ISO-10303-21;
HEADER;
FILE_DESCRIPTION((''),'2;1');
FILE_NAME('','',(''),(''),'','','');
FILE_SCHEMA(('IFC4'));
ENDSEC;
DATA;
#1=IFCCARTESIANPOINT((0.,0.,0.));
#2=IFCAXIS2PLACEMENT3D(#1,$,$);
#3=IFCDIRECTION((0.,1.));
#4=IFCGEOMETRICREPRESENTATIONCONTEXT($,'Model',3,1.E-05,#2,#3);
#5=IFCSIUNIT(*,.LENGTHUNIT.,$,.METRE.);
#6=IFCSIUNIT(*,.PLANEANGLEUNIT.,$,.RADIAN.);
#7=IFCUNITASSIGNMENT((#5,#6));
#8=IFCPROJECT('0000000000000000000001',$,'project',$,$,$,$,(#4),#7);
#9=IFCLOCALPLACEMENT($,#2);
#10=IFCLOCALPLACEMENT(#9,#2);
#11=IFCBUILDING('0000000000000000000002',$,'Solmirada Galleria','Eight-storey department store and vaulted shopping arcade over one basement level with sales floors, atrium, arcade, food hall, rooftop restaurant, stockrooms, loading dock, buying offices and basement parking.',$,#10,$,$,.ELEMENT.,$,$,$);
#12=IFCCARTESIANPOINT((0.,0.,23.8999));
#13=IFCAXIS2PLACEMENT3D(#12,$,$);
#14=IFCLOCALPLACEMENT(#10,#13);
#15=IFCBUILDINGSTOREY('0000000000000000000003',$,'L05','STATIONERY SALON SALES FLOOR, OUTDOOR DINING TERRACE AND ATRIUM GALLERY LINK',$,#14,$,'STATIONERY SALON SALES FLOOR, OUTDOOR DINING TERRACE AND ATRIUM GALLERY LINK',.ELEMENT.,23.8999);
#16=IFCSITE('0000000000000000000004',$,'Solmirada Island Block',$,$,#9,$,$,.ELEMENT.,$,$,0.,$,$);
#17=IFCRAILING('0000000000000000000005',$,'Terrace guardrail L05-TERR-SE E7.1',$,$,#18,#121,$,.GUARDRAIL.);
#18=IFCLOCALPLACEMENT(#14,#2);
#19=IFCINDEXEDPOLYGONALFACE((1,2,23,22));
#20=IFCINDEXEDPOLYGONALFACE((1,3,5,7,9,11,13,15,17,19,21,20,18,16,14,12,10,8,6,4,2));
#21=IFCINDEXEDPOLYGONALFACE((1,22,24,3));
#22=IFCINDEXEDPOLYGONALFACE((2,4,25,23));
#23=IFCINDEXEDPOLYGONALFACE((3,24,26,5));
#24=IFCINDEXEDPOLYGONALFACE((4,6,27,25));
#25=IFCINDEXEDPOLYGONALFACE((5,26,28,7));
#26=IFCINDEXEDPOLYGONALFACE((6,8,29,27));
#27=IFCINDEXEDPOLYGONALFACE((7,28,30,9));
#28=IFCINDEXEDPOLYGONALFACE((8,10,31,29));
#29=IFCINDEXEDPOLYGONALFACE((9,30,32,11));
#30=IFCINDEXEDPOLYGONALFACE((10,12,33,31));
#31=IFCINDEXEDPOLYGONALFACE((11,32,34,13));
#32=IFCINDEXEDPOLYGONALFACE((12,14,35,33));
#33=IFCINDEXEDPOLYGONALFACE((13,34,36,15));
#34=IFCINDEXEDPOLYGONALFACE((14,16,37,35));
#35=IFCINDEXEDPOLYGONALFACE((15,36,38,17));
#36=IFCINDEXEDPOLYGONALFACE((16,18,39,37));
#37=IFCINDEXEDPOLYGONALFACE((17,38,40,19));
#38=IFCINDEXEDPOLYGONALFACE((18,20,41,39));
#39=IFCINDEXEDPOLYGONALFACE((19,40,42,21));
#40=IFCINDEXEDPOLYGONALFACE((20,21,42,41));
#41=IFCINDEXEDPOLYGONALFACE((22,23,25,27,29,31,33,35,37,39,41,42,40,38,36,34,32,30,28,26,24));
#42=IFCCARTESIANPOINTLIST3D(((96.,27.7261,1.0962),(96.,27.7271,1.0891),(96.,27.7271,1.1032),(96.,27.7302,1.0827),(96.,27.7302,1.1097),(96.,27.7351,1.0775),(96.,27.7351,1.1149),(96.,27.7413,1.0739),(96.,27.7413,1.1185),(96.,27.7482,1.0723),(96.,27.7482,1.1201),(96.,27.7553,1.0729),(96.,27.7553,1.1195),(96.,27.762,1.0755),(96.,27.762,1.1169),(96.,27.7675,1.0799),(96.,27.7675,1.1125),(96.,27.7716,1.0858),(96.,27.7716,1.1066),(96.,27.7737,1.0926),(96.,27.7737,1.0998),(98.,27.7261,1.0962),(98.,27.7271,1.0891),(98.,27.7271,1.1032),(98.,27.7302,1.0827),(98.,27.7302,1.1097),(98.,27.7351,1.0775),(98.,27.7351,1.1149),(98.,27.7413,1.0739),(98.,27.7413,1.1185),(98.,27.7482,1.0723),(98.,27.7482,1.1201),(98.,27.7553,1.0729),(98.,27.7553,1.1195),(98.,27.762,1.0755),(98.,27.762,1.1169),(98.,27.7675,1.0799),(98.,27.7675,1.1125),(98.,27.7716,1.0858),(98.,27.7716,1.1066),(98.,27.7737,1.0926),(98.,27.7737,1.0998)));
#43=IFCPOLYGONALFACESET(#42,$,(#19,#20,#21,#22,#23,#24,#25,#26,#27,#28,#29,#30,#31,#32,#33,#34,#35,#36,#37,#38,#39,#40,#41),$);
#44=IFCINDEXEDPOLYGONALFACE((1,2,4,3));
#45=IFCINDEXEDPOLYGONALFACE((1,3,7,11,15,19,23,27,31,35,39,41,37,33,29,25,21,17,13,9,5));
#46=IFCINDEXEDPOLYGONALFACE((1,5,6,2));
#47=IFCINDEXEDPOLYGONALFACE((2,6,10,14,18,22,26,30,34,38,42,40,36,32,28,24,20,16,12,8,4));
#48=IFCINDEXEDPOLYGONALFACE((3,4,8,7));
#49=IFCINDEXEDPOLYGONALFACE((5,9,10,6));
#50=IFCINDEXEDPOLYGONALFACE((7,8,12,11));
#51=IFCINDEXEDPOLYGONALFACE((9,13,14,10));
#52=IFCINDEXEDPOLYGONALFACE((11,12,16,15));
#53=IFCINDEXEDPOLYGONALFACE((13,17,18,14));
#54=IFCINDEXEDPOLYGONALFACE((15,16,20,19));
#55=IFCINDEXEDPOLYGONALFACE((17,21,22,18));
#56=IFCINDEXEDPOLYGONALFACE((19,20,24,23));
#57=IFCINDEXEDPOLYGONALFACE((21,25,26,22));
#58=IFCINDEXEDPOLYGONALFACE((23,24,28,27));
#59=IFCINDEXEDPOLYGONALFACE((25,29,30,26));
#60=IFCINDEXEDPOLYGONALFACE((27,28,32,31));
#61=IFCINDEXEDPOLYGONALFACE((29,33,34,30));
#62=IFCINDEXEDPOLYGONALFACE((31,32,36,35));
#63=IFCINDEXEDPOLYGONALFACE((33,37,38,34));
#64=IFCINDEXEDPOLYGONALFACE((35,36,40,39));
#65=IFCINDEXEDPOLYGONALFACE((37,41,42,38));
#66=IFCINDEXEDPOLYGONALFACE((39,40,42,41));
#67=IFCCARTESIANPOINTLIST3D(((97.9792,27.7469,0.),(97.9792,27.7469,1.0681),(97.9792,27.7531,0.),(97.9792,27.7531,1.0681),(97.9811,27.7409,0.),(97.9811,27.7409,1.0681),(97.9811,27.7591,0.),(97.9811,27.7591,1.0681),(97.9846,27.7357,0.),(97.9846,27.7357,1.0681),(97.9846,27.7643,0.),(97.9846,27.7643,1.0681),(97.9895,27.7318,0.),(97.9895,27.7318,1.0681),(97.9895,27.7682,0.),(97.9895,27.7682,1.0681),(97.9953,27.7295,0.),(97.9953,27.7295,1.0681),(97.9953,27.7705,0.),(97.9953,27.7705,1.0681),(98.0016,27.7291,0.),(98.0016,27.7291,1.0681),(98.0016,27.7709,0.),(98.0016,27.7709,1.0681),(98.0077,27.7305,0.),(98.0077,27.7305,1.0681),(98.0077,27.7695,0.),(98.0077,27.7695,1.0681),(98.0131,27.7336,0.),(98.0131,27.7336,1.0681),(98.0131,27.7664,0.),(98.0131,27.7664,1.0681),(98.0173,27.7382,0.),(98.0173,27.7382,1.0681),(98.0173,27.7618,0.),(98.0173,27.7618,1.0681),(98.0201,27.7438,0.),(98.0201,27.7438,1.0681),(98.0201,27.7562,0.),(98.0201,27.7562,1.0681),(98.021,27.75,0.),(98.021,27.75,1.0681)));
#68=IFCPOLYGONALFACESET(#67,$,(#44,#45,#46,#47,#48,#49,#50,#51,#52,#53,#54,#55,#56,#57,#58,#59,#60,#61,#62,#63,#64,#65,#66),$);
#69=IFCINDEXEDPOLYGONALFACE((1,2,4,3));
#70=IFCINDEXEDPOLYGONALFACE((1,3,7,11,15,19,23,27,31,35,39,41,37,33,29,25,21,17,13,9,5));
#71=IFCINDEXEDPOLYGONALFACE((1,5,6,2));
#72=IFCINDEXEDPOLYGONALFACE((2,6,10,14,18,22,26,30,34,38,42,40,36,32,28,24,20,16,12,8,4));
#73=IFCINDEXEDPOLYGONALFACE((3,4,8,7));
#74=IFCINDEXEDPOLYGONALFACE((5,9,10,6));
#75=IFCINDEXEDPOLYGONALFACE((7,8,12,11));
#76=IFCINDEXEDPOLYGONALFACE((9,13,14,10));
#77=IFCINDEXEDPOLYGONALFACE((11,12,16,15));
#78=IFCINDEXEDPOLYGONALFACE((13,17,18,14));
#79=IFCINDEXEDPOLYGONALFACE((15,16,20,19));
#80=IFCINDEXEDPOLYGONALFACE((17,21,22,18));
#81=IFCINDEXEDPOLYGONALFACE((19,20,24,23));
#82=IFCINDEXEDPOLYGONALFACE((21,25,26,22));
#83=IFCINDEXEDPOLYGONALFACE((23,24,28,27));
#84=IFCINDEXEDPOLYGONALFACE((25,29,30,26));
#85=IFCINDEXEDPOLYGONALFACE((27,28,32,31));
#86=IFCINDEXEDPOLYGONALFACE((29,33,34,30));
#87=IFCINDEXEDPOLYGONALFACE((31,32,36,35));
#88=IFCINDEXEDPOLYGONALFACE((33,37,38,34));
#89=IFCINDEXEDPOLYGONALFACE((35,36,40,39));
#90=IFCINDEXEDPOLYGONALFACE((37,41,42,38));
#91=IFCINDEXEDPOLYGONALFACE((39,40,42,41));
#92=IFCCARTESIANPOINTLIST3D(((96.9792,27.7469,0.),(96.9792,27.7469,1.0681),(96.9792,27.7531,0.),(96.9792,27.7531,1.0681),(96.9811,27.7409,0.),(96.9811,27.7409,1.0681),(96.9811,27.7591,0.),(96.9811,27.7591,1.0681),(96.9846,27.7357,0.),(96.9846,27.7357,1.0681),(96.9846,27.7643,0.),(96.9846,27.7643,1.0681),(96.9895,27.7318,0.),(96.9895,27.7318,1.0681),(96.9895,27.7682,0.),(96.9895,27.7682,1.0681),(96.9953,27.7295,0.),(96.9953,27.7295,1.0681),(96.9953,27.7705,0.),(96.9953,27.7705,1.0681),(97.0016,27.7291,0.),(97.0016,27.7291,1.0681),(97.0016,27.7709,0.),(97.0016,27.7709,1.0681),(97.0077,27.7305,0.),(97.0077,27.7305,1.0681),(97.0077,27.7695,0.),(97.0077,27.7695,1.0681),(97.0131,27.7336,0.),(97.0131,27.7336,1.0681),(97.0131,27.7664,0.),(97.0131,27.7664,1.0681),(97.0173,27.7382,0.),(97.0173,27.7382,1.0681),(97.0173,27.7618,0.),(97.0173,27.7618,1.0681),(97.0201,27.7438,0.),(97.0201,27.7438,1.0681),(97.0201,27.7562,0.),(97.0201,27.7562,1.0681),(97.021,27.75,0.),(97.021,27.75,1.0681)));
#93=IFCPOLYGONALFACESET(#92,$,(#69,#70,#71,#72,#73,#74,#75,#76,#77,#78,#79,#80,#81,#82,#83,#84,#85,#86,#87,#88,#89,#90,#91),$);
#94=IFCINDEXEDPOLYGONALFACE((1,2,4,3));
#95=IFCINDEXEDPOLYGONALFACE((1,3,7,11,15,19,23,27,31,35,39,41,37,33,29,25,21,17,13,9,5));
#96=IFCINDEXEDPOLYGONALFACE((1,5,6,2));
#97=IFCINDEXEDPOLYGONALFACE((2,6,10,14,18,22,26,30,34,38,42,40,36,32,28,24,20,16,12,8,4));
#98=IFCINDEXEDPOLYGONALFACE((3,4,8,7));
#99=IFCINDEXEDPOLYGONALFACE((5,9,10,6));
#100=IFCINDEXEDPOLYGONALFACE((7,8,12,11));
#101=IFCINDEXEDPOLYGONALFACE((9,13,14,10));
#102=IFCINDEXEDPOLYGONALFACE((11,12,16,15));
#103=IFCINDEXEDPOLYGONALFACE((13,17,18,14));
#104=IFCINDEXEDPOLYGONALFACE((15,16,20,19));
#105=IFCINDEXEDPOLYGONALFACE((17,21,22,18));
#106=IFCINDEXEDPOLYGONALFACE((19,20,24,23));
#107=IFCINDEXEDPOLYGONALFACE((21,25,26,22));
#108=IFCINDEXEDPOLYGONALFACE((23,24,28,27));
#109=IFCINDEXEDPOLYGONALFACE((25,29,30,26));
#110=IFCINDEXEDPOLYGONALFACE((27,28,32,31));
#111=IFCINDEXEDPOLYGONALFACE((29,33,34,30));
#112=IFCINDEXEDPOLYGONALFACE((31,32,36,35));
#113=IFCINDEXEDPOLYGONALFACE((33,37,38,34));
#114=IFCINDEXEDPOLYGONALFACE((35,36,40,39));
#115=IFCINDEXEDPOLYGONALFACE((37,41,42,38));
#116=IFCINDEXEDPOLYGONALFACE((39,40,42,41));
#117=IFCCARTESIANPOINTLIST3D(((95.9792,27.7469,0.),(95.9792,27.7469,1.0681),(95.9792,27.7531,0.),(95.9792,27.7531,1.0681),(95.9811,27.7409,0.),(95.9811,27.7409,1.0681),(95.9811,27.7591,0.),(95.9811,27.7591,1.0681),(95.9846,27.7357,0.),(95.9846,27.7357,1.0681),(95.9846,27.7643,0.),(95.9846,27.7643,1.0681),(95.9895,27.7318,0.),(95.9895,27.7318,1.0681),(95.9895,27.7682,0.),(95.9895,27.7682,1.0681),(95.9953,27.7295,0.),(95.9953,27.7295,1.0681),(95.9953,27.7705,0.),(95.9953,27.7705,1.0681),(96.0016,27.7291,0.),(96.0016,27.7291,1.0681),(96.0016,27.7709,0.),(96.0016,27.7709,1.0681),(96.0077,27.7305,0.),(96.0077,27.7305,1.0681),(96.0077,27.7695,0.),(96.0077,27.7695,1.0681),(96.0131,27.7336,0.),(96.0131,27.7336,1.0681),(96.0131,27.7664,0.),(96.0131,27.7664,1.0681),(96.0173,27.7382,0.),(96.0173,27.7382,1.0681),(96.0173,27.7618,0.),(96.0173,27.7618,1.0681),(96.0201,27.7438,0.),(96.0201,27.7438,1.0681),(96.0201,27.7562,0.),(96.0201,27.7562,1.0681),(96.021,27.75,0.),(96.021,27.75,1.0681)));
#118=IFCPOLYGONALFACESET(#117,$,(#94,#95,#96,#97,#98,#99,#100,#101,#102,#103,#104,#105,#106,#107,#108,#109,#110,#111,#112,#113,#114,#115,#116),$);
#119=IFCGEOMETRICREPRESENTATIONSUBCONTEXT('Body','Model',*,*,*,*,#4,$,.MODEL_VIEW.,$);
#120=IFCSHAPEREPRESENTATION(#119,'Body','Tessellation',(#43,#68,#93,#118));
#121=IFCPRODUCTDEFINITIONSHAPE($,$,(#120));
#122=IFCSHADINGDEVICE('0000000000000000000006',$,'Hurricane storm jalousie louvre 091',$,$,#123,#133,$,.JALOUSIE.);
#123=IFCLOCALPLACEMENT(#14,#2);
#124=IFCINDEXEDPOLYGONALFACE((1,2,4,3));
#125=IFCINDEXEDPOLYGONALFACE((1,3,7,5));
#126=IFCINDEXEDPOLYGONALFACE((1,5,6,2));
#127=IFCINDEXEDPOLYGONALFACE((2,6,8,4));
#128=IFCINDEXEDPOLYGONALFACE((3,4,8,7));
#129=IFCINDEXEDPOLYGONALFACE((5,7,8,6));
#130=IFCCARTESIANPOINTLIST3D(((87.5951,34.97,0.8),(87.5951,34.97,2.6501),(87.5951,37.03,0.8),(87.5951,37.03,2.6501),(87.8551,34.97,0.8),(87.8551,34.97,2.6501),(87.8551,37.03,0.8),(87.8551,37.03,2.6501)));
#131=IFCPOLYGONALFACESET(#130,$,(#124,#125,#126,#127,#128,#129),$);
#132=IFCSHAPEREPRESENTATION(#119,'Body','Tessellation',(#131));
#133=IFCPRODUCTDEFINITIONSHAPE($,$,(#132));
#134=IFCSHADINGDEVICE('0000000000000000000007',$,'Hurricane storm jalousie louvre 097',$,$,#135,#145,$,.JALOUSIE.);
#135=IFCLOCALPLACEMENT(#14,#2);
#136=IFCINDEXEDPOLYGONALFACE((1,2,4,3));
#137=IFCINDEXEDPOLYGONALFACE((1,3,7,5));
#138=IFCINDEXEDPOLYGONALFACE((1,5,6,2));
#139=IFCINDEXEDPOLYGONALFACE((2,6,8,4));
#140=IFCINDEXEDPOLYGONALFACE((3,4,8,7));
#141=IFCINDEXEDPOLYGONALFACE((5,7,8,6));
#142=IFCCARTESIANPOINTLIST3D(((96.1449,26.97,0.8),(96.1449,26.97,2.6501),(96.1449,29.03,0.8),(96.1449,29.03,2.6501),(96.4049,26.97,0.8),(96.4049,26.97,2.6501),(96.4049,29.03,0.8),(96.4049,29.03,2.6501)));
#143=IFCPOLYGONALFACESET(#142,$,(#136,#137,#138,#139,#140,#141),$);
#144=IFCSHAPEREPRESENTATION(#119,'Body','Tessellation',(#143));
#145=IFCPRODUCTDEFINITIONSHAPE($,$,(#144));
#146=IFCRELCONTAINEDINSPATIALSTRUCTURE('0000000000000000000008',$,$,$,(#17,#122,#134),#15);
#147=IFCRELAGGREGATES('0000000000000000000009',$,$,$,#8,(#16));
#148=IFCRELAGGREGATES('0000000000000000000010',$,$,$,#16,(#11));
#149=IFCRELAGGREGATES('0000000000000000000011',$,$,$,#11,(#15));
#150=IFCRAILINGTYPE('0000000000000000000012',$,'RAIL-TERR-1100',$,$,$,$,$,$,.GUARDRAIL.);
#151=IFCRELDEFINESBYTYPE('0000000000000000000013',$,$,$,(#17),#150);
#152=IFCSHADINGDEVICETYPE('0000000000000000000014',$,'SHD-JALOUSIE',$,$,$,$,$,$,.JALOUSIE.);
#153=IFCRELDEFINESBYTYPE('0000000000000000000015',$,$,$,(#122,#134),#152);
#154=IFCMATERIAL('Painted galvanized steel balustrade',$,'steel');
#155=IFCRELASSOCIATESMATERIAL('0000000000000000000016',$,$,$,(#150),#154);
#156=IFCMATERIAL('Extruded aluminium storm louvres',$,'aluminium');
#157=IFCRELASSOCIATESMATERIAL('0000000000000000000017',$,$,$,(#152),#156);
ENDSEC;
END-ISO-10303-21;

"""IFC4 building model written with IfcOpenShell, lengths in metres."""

from ifc_helpers import new_model, si_unit, direction, frame, origin, origin_2d, place, context, subcontext, project, spatial, rectangle, circle, extrude, material, type_object, element, save


model = new_model("IFC4")

# Units and contexts
model_context = context("Model", 3, precision=1e-05, world=origin(), true_north=direction((0.0, 1.0)))
body_context = subcontext(model_context, "Body", "Model", "MODEL_VIEW")
ifc_project = project(units=[si_unit("LENGTHUNIT", "METRE"), si_unit("PLANEANGLEUNIT", "RADIAN")], contexts=[model_context])

# Site, building, storey
site_placement = place(None, origin())
site = spatial("IfcSite", under=ifc_project, at=site_placement, Name="Solmirada Island Block", CompositionType="ELEMENT", RefElevation=0.0)
building_placement = place(site_placement, origin())
building = spatial("IfcBuilding", under=site, at=building_placement, Name="Solmirada Galleria", Description="Eight-storey department store and vaulted shopping arcade over one basement level with sales floors, atrium, arcade, food hall, rooftop restaurant, stockrooms, loading dock, buying offices and basement parking.", CompositionType="ELEMENT")
storey_placement = place(building_placement, frame((0.0, 0.0, 23.8999)))
storey = spatial("IfcBuildingStorey", under=building, at=storey_placement, Name="L05", Description="STATIONERY SALON SALES FLOOR, OUTDOOR DINING TERRACE AND ATRIUM GALLERY LINK", LongName="STATIONERY SALON SALES FLOOR, OUTDOOR DINING TERRACE AND ATRIUM GALLERY LINK", CompositionType="ELEMENT", Elevation=23.8999)

# Railing
ifc_material_1 = material(Name="Painted galvanized steel balustrade", Category="steel")
railing_type = type_object("IfcRailingType", Name="RAIL-TERR-1100", PredefinedType="GUARDRAIL", material=ifc_material_1)
railing_1_placement = place(storey_placement, frame((98.0, 27.75, 0.0)))
element("IfcRailing", 1, at=railing_1_placement, inside=storey, type_object=railing_type, Name="Terrace guardrail L05-TERR-SE E7.1", PredefinedType="GUARDRAIL", context=body_context, shape_type="SweptSolid", body=[
    extrude(circle(Radius=0.0239, at=origin_2d()), frame((0.0, 0.0, 1.0962), z_axis=(-1.0, 0.0, 0.0), x_axis=(0.0, -1.0, 0.0)), (0.0, 0.0, 1.0), 2.0),
    extrude(circle(Radius=0.021, at=origin_2d()), origin(), (0.0, 0.0, 1.0), 1.0681),
    extrude(circle(Radius=0.021, at=origin_2d()), frame((-1.0, 0.0, 0.0)), (0.0, 0.0, 1.0), 1.0681),
    extrude(circle(Radius=0.021, at=origin_2d()), frame((-2.0, 0.0, 0.0)), (0.0, 0.0, 1.0), 1.0681),
])

# Shading devices
ifc_material_2 = material(Name="Extruded aluminium storm louvres", Category="aluminium")
shading_device_type = type_object("IfcShadingDeviceType", Name="SHD-JALOUSIE", PredefinedType="JALOUSIE", material=ifc_material_2)
for number, where, z_axis, x_axis, name in (
    (2, (87.7251, 36.0, 0.8), (0.0, 0.0, 1.0), (0.0, 1.0, 0.0), "Hurricane storm jalousie louvre 091"),
    (3, (96.2749, 28.0, 0.8), (0.0, 0.0, 1.0), (0.0, -1.0, 0.0), "Hurricane storm jalousie louvre 097"),
):
    element("IfcShadingDevice", number, at=place(storey_placement, frame(where, z_axis=z_axis, x_axis=x_axis)), inside=storey, type_object=shading_device_type, Name=name, PredefinedType="JALOUSIE", context=body_context, shape_type="SweptSolid", body=[
        extrude(rectangle(XDim=2.0601, YDim=0.26, at=origin_2d()), origin(), (0.0, 0.0, 1.0), 1.8501),
    ])

save(model, "model.ifc")
